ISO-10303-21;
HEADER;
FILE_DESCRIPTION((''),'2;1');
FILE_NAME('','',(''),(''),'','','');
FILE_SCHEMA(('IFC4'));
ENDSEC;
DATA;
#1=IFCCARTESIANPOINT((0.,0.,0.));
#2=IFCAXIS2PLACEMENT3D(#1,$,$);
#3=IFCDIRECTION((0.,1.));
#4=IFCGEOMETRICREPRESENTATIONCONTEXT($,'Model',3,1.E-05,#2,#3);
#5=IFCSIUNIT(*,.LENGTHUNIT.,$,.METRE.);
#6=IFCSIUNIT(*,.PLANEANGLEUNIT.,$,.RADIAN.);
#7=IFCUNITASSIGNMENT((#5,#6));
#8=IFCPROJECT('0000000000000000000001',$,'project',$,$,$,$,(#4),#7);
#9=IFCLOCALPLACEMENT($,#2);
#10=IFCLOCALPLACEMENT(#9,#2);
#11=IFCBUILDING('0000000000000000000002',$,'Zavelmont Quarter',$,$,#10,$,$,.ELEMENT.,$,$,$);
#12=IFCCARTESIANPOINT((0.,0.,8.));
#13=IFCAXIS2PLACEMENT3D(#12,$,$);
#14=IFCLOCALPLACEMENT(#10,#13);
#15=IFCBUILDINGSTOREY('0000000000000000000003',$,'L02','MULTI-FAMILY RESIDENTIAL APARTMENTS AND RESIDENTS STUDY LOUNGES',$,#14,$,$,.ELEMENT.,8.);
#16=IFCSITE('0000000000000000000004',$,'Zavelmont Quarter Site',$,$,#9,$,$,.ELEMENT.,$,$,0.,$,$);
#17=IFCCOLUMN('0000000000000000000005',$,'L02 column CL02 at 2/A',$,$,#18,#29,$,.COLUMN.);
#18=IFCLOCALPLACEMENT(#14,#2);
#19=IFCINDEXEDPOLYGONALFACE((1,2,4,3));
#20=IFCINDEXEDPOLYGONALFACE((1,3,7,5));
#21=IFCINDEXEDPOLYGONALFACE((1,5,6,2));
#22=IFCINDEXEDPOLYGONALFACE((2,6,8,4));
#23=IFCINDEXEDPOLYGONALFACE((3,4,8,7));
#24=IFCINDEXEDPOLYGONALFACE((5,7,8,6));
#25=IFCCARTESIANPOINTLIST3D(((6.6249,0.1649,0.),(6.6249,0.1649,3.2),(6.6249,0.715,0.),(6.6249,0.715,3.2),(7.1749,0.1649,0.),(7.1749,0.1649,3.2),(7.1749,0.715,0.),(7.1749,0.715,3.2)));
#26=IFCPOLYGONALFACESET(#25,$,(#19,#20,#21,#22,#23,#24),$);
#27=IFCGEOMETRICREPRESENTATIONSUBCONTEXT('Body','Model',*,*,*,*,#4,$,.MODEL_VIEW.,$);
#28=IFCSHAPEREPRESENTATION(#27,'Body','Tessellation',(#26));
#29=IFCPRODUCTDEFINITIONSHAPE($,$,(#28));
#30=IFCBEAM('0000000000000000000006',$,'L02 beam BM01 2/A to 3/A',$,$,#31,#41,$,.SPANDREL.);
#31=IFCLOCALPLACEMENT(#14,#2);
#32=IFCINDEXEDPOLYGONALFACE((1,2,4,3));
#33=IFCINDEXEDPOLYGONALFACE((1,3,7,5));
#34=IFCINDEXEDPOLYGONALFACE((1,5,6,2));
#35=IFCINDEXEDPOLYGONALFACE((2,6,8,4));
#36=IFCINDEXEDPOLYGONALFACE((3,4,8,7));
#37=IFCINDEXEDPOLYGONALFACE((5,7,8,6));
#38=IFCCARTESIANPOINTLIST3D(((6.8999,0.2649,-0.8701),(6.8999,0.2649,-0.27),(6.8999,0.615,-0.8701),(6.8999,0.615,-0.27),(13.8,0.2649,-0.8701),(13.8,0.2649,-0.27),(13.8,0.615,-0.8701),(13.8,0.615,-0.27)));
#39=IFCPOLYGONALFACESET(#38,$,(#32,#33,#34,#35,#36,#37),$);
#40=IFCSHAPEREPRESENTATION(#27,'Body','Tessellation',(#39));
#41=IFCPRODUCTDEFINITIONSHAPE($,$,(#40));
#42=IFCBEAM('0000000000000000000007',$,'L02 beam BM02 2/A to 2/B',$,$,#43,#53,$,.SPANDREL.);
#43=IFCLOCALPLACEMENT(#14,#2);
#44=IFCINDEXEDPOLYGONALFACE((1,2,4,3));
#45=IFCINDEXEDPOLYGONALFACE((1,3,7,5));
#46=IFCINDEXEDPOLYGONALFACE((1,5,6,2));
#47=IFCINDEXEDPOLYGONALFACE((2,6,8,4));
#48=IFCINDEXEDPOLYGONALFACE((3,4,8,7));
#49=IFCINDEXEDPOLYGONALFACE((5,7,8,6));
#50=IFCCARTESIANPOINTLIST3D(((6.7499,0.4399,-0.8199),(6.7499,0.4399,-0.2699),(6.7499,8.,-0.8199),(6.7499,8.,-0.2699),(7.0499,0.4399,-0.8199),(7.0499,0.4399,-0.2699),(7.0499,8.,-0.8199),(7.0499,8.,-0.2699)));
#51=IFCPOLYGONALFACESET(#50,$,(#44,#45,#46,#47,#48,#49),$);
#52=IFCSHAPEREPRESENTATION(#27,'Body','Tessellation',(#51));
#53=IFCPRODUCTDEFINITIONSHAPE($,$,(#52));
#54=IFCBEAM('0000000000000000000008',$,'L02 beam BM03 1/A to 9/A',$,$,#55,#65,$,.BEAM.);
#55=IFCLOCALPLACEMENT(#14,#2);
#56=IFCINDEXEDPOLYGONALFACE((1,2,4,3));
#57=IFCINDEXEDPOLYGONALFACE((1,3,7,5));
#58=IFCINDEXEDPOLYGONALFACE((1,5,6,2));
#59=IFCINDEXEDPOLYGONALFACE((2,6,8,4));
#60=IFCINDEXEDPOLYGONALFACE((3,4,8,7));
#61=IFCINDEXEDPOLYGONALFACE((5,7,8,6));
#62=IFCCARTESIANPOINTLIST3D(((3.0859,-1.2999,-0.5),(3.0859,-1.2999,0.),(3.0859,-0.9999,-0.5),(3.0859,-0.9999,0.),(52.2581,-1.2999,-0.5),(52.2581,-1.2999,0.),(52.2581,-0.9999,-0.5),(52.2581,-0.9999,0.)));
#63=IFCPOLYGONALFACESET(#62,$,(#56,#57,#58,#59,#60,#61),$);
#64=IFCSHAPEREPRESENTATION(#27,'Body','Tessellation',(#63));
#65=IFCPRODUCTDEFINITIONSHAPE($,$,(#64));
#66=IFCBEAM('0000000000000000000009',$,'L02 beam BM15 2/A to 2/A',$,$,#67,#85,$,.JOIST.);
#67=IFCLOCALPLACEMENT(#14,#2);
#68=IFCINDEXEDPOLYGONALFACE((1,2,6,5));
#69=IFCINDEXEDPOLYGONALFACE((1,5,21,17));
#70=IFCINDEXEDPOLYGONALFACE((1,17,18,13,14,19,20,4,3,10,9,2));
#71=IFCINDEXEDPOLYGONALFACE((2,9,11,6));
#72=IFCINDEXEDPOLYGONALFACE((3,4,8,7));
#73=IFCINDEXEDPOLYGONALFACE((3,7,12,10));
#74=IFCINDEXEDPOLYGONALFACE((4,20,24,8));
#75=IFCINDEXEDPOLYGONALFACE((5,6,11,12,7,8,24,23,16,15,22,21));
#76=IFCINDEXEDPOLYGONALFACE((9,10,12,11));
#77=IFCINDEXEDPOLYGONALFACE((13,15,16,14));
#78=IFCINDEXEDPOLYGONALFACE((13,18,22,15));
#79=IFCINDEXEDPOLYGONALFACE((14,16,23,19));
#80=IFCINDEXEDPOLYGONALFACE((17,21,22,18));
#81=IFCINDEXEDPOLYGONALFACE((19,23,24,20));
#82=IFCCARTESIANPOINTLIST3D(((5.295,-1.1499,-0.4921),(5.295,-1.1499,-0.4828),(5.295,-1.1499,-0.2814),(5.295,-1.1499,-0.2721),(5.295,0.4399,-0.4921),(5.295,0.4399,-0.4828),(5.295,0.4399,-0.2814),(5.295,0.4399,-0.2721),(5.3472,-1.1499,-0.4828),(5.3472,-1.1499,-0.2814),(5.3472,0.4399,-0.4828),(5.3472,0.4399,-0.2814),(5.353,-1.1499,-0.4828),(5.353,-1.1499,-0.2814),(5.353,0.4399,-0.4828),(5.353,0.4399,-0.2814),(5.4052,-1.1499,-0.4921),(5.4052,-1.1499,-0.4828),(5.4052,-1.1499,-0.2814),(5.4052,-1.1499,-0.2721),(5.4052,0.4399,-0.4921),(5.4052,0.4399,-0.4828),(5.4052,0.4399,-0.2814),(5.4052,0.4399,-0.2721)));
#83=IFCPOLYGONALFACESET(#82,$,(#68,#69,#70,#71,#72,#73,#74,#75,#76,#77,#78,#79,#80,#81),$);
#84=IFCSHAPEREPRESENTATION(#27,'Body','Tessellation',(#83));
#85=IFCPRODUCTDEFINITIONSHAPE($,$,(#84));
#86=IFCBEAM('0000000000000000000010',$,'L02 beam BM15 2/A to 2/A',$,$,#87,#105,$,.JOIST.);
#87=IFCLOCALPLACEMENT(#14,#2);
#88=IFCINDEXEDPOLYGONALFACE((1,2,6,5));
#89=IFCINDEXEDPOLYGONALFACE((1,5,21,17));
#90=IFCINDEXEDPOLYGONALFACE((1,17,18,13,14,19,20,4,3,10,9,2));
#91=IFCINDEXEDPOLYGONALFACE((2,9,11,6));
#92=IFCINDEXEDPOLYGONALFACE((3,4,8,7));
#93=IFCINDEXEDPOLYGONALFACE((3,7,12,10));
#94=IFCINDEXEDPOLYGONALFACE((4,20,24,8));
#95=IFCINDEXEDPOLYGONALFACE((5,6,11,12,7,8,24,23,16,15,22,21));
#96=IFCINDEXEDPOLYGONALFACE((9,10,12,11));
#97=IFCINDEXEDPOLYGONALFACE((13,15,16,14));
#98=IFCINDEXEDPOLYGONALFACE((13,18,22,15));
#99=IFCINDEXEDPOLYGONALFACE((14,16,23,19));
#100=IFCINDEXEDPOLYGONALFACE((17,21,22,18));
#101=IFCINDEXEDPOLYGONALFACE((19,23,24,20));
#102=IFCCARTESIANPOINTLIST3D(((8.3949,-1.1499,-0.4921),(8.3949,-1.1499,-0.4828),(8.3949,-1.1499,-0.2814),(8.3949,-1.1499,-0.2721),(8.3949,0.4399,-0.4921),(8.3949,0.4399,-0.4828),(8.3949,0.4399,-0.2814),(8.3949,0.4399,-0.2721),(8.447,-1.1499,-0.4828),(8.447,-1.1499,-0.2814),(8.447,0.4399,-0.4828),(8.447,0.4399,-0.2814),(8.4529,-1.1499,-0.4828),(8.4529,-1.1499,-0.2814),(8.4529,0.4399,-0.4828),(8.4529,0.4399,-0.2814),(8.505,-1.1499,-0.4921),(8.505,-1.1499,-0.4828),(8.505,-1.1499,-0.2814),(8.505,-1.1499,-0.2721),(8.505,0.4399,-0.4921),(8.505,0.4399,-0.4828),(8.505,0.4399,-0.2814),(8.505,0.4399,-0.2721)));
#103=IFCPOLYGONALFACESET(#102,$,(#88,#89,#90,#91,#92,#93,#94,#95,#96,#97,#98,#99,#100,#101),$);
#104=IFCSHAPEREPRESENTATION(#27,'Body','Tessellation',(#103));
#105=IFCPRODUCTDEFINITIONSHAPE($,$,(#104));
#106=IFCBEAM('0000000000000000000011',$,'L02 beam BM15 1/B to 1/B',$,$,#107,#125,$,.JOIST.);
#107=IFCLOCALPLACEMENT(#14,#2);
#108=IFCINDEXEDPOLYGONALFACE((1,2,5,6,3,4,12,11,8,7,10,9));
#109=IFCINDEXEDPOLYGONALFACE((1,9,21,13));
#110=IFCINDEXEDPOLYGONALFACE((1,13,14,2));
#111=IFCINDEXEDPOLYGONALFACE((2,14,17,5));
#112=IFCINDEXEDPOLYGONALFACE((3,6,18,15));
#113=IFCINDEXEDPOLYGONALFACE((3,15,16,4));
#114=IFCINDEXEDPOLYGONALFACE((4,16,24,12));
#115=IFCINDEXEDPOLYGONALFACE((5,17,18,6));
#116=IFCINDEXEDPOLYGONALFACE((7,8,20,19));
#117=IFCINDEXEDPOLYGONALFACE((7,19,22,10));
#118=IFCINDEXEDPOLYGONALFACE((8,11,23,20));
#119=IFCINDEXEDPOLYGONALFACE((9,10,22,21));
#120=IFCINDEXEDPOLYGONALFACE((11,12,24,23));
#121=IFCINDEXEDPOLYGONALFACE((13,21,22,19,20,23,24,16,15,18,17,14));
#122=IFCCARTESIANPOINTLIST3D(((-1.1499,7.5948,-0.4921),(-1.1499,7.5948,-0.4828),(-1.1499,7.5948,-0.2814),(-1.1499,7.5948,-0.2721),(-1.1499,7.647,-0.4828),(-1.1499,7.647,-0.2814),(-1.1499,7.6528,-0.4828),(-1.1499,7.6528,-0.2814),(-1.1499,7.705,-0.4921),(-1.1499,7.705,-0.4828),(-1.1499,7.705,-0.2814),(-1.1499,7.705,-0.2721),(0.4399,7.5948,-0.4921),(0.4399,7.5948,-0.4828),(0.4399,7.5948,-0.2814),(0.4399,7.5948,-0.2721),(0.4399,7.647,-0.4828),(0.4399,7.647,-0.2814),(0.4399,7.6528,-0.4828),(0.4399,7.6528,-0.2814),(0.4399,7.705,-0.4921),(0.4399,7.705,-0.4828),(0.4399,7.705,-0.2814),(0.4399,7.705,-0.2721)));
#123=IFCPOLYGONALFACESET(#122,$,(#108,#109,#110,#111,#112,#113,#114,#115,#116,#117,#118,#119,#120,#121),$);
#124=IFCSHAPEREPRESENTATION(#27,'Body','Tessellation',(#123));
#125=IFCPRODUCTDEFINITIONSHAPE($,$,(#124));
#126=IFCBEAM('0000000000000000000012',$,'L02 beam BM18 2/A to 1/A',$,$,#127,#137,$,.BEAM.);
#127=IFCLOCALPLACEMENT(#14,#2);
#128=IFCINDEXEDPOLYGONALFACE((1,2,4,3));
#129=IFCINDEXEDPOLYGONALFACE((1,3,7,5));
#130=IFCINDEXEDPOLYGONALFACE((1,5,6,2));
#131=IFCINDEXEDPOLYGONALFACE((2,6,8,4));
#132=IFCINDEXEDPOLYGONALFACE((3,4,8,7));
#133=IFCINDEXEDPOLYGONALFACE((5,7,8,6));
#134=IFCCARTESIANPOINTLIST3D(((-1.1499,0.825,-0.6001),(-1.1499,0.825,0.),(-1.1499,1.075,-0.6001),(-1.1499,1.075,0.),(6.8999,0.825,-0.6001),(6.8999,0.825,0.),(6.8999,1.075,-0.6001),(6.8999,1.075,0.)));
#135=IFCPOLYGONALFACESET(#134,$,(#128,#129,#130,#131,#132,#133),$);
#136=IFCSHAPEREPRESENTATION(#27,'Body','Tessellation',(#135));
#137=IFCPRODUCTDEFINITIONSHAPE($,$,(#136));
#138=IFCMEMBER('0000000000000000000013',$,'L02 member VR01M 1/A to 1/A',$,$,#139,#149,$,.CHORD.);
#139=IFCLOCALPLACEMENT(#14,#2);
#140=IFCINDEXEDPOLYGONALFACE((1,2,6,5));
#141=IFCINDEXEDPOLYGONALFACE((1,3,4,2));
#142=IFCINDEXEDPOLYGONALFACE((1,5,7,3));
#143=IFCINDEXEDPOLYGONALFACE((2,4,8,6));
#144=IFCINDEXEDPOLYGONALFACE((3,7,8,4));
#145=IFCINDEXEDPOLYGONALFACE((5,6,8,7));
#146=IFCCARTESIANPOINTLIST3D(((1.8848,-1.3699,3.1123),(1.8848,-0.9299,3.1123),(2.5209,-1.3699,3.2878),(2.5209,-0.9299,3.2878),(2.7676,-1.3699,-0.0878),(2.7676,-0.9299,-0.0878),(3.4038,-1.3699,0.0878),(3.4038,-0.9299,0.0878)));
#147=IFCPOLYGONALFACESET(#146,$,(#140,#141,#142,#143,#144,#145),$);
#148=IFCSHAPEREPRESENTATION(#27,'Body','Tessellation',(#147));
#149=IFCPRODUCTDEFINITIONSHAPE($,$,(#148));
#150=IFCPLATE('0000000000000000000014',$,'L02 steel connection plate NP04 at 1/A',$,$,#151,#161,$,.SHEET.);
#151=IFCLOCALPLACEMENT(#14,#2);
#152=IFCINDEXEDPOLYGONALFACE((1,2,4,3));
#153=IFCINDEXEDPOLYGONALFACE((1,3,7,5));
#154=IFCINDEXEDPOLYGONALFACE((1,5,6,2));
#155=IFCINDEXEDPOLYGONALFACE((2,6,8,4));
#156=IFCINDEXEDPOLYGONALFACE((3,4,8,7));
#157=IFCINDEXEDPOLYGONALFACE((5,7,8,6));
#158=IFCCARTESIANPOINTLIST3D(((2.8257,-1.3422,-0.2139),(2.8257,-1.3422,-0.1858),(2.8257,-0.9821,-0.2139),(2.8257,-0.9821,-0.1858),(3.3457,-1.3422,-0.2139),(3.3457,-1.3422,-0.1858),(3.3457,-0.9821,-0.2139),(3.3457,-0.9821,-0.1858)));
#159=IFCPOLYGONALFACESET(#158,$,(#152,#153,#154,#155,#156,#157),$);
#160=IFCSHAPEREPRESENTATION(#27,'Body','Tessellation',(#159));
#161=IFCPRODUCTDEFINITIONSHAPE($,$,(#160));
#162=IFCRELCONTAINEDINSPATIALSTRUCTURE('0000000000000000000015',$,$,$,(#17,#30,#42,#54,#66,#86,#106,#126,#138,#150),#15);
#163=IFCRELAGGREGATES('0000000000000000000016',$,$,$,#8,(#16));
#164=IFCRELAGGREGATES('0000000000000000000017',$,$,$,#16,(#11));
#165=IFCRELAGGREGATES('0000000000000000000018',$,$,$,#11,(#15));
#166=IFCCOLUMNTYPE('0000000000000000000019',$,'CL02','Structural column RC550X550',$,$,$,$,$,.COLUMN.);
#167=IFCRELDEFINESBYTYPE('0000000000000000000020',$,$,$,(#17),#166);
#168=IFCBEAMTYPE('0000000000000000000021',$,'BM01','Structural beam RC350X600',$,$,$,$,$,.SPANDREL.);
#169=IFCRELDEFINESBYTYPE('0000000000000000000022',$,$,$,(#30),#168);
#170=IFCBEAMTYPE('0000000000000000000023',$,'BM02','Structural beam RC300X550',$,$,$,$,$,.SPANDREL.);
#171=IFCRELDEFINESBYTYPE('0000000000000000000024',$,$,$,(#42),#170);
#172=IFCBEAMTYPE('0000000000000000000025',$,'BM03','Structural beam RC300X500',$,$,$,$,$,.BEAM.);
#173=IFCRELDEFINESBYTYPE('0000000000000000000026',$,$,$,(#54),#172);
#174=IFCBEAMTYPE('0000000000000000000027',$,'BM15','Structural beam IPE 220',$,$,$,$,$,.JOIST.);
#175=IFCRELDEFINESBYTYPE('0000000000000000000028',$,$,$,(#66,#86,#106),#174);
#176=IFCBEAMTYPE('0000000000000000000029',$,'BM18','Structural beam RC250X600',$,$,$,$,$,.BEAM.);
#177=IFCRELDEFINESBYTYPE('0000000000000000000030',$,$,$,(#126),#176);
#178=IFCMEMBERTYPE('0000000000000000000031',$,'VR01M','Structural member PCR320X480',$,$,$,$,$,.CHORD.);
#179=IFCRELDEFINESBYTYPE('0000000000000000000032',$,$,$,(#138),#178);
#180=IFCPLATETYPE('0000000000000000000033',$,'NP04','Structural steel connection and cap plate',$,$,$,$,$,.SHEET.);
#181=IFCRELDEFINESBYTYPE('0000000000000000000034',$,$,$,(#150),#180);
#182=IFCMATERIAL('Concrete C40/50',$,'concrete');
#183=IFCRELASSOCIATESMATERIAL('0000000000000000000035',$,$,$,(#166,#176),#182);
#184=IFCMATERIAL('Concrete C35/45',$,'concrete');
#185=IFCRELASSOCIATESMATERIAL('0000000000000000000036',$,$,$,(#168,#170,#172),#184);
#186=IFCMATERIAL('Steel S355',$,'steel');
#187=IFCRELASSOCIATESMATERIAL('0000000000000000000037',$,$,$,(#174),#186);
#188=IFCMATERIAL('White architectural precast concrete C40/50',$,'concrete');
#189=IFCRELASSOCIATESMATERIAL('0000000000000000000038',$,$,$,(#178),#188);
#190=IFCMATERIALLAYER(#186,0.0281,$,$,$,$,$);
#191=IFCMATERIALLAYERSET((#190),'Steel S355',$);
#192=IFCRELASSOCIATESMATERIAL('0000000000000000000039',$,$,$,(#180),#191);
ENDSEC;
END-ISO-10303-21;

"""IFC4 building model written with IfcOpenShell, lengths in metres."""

from ifc_helpers import new_model, si_unit, direction, frame, origin, origin_2d, place, context, subcontext, project, spatial, rectangle, i_section, extrude, material, layer, layer_set, material_profile, profile_set, type_object, element, save


model = new_model("IFC4")

# Units and contexts
model_context = context("Model", 3, precision=1e-05, world=origin(), true_north=direction((0.0, 1.0)))
body_context = subcontext(model_context, "Body", "Model", "MODEL_VIEW")
ifc_project = project(units=[si_unit("LENGTHUNIT", "METRE"), si_unit("PLANEANGLEUNIT", "RADIAN")], contexts=[model_context])

# Site, building, storey
site_placement = place(None, origin())
site = spatial("IfcSite", under=ifc_project, at=site_placement, Name="Zavelmont Quarter Site", CompositionType="ELEMENT", RefElevation=0.0)
building_placement = place(site_placement, origin())
building = spatial("IfcBuilding", under=site, at=building_placement, Name="Zavelmont Quarter", CompositionType="ELEMENT")
storey_placement = place(building_placement, frame((0.0, 0.0, 8.0)))
storey = spatial("IfcBuildingStorey", under=building, at=storey_placement, Name="L02", Description="MULTI-FAMILY RESIDENTIAL APARTMENTS AND RESIDENTS STUDY LOUNGES", CompositionType="ELEMENT", Elevation=8.0)

# Column
ifc_material_1 = material(Name="Concrete C40/50", Category="concrete")
ifc_material_profile_1 = material_profile(ifc_material_1, rectangle(XDim=0.55, YDim=0.55, at=origin_2d()), Name="RC550X550")
ifc_profile_set_1 = profile_set([ifc_material_profile_1], Name="Concrete C40/50")
column_type = type_object("IfcColumnType", Name="CL02", Description="Structural column RC550X550", PredefinedType="COLUMN", material=ifc_profile_set_1)
column_placement = place(storey_placement, frame((6.8999, 0.4399, 0.0), z_axis=(0.0, 0.0, 1.0), x_axis=(1.0, 0.0, 0.0)))
element("IfcColumn", 1, at=column_placement, inside=storey, type_object=column_type, Name="L02 column CL02 at 2/A", PredefinedType="COLUMN", context=body_context, shape_type="SweptSolid", body=[
    extrude(rectangle(XDim=0.55, YDim=0.55, at=origin_2d()), origin(), (0.0, 0.0, 1.0), 3.2),
])

# Beams
ifc_material_2 = material(Name="Concrete C35/45", Category="concrete")
ifc_material_profile_2 = material_profile(ifc_material_2, rectangle(XDim=0.3501, YDim=0.6001, at=origin_2d()), Name="RC350X600")
ifc_profile_set_2 = profile_set([ifc_material_profile_2], Name="Concrete C35/45")
beam_type_1 = type_object("IfcBeamType", Name="BM01", Description="Structural beam RC350X600", PredefinedType="SPANDREL", material=ifc_profile_set_2)
beam_1_placement = place(storey_placement, frame((6.8999, 0.4399, -0.5701), z_axis=(1.0, 0.0, 0.0), x_axis=(0.0, 1.0, 0.0)))
element("IfcBeam", 2, at=beam_1_placement, inside=storey, type_object=beam_type_1, Name="L02 beam BM01 2/A to 3/A", PredefinedType="SPANDREL", context=body_context, shape_type="SweptSolid", body=[
    extrude(rectangle(XDim=0.3501, YDim=0.6001, at=origin_2d()), origin(), (0.0, 0.0, 1.0), 6.9001),
])
ifc_material_profile_3 = material_profile(ifc_material_2, rectangle(XDim=0.3, YDim=0.55, at=origin_2d()), Name="RC300X550")
ifc_profile_set_3 = profile_set([ifc_material_profile_3], Name="Concrete C35/45")
beam_type_2 = type_object("IfcBeamType", Name="BM02", Description="Structural beam RC300X550", PredefinedType="SPANDREL", material=ifc_profile_set_3)
beam_2_placement = place(storey_placement, frame((6.8999, 0.4399, -0.5449), z_axis=(0.0, 1.0, 0.0), x_axis=(-1.0, 0.0, 0.0)))
element("IfcBeam", 3, at=beam_2_placement, inside=storey, type_object=beam_type_2, Name="L02 beam BM02 2/A to 2/B", PredefinedType="SPANDREL", context=body_context, shape_type="SweptSolid", body=[
    extrude(rectangle(XDim=0.3, YDim=0.55, at=origin_2d()), origin(), (0.0, 0.0, 1.0), 7.5601),
])
ifc_material_profile_4 = material_profile(ifc_material_2, rectangle(XDim=0.3, YDim=0.5, at=origin_2d()), Name="RC300X500")
ifc_profile_set_4 = profile_set([ifc_material_profile_4], Name="Concrete C35/45")
beam_type_3 = type_object("IfcBeamType", Name="BM03", Description="Structural beam RC300X500", PredefinedType="BEAM", material=ifc_profile_set_4)
beam_3_placement = place(storey_placement, frame((3.0859, -1.1499, -0.25), z_axis=(1.0, 0.0, 0.0), x_axis=(0.0, 1.0, 0.0)))
element("IfcBeam", 4, at=beam_3_placement, inside=storey, type_object=beam_type_3, Name="L02 beam BM03 1/A to 9/A", PredefinedType="BEAM", context=body_context, shape_type="SweptSolid", body=[
    extrude(rectangle(XDim=0.3, YDim=0.5, at=origin_2d()), origin(), (0.0, 0.0, 1.0), 49.1721),
])
ifc_material_3 = material(Name="Steel S355", Category="steel")
ifc_material_profile_5 = material_profile(ifc_material_3, i_section(OverallWidth=0.1101, OverallDepth=0.22, WebThickness=0.0059, FlangeThickness=0.0093, at=origin_2d()), Name="IPE 220")
ifc_profile_set_5 = profile_set([ifc_material_profile_5], Name="Steel S355")
beam_type_4 = type_object("IfcBeamType", Name="BM15", Description="Structural beam IPE 220", PredefinedType="JOIST", material=ifc_profile_set_5)
for number, where, z_axis, x_axis, name in (
    (5, (5.3501, 0.4399, -0.3821), (0.0, -1.0, 0.0), (1.0, 0.0, 0.0), "L02 beam BM15 2/A to 2/A"),
    (6, (8.45, 0.4399, -0.3821), (0.0, -1.0, 0.0), (1.0, 0.0, 0.0), "L02 beam BM15 2/A to 2/A"),
    (7, (0.4399, 7.6499, -0.3821), (-1.0, 0.0, 0.0), (0.0, -1.0, 0.0), "L02 beam BM15 1/B to 1/B"),
):
    element("IfcBeam", number, at=place(storey_placement, frame(where, z_axis=z_axis, x_axis=x_axis)), inside=storey, type_object=beam_type_4, Name=name, PredefinedType="JOIST", context=body_context, shape_type="SweptSolid", body=[
        extrude(i_section(OverallWidth=0.1101, OverallDepth=0.22, WebThickness=0.0059, FlangeThickness=0.0093, at=origin_2d()), origin(), (0.0, 0.0, 1.0), 1.5898),
    ])
ifc_material_profile_6 = material_profile(ifc_material_1, rectangle(XDim=0.25, YDim=0.6001, at=origin_2d()), Name="RC250X600")
ifc_profile_set_6 = profile_set([ifc_material_profile_6], Name="Concrete C40/50")
beam_type_5 = type_object("IfcBeamType", Name="BM18", Description="Structural beam RC250X600", PredefinedType="BEAM", material=ifc_profile_set_6)
beam_4_placement = place(storey_placement, frame((6.8999, 0.95, -0.3), z_axis=(-1.0, 0.0, 0.0), x_axis=(0.0, -1.0, 0.0)))
element("IfcBeam", 8, at=beam_4_placement, inside=storey, type_object=beam_type_5, Name="L02 beam BM18 2/A to 1/A", PredefinedType="BEAM", context=body_context, shape_type="SweptSolid", body=[
    extrude(rectangle(XDim=0.25, YDim=0.6001, at=origin_2d()), origin(), (0.0, 0.0, 1.0), 8.0498),
])

# Member
ifc_material_4 = material(Name="White architectural precast concrete C40/50", Category="concrete")
ifc_material_profile_7 = material_profile(ifc_material_4, rectangle(XDim=0.4399, YDim=0.6599, at=origin_2d()), Name="PCR320X480")
ifc_profile_set_7 = profile_set([ifc_material_profile_7], Name="White architectural precast concrete C40/50")
member_type = type_object("IfcMemberType", Name="VR01M", Description="Structural member PCR320X480", PredefinedType="CHORD", material=ifc_profile_set_7)
member_placement = place(storey_placement, frame((3.0857, -1.1499, 0.0), z_axis=(-0.265948, 0.0, 0.963987), x_axis=(0.0, -1.0, 0.0)))
element("IfcMember", 9, at=member_placement, inside=storey, type_object=member_type, Name="L02 member VR01M 1/A to 1/A", PredefinedType="CHORD", context=body_context, shape_type="SweptSolid", body=[
    extrude(rectangle(XDim=0.4399, YDim=0.6599, at=origin_2d()), origin(), (0.0, 0.0, 1.0), 3.3196),
])

# Plate
ifc_layer_1 = layer(ifc_material_3, 0.0281)
ifc_layer_set_1 = layer_set([ifc_layer_1], Name="Steel S355")
plate_type = type_object("IfcPlateType", Name="NP04", Description="Structural steel connection and cap plate", PredefinedType="SHEET", material=ifc_layer_set_1)
plate_placement = place(storey_placement, frame((3.0857, -1.1621, -0.2139), z_axis=(0.0, 0.0, 1.0), x_axis=(1.0, 0.0, 0.0)))
element("IfcPlate", 10, at=plate_placement, inside=storey, type_object=plate_type, Name="L02 steel connection plate NP04 at 1/A", PredefinedType="SHEET", context=body_context, shape_type="SweptSolid", body=[
    extrude(rectangle(XDim=0.52, YDim=0.3601, at=origin_2d()), origin(), (0.0, 0.0, 1.0), 0.0281),
])

save(model, "model.ifc")
